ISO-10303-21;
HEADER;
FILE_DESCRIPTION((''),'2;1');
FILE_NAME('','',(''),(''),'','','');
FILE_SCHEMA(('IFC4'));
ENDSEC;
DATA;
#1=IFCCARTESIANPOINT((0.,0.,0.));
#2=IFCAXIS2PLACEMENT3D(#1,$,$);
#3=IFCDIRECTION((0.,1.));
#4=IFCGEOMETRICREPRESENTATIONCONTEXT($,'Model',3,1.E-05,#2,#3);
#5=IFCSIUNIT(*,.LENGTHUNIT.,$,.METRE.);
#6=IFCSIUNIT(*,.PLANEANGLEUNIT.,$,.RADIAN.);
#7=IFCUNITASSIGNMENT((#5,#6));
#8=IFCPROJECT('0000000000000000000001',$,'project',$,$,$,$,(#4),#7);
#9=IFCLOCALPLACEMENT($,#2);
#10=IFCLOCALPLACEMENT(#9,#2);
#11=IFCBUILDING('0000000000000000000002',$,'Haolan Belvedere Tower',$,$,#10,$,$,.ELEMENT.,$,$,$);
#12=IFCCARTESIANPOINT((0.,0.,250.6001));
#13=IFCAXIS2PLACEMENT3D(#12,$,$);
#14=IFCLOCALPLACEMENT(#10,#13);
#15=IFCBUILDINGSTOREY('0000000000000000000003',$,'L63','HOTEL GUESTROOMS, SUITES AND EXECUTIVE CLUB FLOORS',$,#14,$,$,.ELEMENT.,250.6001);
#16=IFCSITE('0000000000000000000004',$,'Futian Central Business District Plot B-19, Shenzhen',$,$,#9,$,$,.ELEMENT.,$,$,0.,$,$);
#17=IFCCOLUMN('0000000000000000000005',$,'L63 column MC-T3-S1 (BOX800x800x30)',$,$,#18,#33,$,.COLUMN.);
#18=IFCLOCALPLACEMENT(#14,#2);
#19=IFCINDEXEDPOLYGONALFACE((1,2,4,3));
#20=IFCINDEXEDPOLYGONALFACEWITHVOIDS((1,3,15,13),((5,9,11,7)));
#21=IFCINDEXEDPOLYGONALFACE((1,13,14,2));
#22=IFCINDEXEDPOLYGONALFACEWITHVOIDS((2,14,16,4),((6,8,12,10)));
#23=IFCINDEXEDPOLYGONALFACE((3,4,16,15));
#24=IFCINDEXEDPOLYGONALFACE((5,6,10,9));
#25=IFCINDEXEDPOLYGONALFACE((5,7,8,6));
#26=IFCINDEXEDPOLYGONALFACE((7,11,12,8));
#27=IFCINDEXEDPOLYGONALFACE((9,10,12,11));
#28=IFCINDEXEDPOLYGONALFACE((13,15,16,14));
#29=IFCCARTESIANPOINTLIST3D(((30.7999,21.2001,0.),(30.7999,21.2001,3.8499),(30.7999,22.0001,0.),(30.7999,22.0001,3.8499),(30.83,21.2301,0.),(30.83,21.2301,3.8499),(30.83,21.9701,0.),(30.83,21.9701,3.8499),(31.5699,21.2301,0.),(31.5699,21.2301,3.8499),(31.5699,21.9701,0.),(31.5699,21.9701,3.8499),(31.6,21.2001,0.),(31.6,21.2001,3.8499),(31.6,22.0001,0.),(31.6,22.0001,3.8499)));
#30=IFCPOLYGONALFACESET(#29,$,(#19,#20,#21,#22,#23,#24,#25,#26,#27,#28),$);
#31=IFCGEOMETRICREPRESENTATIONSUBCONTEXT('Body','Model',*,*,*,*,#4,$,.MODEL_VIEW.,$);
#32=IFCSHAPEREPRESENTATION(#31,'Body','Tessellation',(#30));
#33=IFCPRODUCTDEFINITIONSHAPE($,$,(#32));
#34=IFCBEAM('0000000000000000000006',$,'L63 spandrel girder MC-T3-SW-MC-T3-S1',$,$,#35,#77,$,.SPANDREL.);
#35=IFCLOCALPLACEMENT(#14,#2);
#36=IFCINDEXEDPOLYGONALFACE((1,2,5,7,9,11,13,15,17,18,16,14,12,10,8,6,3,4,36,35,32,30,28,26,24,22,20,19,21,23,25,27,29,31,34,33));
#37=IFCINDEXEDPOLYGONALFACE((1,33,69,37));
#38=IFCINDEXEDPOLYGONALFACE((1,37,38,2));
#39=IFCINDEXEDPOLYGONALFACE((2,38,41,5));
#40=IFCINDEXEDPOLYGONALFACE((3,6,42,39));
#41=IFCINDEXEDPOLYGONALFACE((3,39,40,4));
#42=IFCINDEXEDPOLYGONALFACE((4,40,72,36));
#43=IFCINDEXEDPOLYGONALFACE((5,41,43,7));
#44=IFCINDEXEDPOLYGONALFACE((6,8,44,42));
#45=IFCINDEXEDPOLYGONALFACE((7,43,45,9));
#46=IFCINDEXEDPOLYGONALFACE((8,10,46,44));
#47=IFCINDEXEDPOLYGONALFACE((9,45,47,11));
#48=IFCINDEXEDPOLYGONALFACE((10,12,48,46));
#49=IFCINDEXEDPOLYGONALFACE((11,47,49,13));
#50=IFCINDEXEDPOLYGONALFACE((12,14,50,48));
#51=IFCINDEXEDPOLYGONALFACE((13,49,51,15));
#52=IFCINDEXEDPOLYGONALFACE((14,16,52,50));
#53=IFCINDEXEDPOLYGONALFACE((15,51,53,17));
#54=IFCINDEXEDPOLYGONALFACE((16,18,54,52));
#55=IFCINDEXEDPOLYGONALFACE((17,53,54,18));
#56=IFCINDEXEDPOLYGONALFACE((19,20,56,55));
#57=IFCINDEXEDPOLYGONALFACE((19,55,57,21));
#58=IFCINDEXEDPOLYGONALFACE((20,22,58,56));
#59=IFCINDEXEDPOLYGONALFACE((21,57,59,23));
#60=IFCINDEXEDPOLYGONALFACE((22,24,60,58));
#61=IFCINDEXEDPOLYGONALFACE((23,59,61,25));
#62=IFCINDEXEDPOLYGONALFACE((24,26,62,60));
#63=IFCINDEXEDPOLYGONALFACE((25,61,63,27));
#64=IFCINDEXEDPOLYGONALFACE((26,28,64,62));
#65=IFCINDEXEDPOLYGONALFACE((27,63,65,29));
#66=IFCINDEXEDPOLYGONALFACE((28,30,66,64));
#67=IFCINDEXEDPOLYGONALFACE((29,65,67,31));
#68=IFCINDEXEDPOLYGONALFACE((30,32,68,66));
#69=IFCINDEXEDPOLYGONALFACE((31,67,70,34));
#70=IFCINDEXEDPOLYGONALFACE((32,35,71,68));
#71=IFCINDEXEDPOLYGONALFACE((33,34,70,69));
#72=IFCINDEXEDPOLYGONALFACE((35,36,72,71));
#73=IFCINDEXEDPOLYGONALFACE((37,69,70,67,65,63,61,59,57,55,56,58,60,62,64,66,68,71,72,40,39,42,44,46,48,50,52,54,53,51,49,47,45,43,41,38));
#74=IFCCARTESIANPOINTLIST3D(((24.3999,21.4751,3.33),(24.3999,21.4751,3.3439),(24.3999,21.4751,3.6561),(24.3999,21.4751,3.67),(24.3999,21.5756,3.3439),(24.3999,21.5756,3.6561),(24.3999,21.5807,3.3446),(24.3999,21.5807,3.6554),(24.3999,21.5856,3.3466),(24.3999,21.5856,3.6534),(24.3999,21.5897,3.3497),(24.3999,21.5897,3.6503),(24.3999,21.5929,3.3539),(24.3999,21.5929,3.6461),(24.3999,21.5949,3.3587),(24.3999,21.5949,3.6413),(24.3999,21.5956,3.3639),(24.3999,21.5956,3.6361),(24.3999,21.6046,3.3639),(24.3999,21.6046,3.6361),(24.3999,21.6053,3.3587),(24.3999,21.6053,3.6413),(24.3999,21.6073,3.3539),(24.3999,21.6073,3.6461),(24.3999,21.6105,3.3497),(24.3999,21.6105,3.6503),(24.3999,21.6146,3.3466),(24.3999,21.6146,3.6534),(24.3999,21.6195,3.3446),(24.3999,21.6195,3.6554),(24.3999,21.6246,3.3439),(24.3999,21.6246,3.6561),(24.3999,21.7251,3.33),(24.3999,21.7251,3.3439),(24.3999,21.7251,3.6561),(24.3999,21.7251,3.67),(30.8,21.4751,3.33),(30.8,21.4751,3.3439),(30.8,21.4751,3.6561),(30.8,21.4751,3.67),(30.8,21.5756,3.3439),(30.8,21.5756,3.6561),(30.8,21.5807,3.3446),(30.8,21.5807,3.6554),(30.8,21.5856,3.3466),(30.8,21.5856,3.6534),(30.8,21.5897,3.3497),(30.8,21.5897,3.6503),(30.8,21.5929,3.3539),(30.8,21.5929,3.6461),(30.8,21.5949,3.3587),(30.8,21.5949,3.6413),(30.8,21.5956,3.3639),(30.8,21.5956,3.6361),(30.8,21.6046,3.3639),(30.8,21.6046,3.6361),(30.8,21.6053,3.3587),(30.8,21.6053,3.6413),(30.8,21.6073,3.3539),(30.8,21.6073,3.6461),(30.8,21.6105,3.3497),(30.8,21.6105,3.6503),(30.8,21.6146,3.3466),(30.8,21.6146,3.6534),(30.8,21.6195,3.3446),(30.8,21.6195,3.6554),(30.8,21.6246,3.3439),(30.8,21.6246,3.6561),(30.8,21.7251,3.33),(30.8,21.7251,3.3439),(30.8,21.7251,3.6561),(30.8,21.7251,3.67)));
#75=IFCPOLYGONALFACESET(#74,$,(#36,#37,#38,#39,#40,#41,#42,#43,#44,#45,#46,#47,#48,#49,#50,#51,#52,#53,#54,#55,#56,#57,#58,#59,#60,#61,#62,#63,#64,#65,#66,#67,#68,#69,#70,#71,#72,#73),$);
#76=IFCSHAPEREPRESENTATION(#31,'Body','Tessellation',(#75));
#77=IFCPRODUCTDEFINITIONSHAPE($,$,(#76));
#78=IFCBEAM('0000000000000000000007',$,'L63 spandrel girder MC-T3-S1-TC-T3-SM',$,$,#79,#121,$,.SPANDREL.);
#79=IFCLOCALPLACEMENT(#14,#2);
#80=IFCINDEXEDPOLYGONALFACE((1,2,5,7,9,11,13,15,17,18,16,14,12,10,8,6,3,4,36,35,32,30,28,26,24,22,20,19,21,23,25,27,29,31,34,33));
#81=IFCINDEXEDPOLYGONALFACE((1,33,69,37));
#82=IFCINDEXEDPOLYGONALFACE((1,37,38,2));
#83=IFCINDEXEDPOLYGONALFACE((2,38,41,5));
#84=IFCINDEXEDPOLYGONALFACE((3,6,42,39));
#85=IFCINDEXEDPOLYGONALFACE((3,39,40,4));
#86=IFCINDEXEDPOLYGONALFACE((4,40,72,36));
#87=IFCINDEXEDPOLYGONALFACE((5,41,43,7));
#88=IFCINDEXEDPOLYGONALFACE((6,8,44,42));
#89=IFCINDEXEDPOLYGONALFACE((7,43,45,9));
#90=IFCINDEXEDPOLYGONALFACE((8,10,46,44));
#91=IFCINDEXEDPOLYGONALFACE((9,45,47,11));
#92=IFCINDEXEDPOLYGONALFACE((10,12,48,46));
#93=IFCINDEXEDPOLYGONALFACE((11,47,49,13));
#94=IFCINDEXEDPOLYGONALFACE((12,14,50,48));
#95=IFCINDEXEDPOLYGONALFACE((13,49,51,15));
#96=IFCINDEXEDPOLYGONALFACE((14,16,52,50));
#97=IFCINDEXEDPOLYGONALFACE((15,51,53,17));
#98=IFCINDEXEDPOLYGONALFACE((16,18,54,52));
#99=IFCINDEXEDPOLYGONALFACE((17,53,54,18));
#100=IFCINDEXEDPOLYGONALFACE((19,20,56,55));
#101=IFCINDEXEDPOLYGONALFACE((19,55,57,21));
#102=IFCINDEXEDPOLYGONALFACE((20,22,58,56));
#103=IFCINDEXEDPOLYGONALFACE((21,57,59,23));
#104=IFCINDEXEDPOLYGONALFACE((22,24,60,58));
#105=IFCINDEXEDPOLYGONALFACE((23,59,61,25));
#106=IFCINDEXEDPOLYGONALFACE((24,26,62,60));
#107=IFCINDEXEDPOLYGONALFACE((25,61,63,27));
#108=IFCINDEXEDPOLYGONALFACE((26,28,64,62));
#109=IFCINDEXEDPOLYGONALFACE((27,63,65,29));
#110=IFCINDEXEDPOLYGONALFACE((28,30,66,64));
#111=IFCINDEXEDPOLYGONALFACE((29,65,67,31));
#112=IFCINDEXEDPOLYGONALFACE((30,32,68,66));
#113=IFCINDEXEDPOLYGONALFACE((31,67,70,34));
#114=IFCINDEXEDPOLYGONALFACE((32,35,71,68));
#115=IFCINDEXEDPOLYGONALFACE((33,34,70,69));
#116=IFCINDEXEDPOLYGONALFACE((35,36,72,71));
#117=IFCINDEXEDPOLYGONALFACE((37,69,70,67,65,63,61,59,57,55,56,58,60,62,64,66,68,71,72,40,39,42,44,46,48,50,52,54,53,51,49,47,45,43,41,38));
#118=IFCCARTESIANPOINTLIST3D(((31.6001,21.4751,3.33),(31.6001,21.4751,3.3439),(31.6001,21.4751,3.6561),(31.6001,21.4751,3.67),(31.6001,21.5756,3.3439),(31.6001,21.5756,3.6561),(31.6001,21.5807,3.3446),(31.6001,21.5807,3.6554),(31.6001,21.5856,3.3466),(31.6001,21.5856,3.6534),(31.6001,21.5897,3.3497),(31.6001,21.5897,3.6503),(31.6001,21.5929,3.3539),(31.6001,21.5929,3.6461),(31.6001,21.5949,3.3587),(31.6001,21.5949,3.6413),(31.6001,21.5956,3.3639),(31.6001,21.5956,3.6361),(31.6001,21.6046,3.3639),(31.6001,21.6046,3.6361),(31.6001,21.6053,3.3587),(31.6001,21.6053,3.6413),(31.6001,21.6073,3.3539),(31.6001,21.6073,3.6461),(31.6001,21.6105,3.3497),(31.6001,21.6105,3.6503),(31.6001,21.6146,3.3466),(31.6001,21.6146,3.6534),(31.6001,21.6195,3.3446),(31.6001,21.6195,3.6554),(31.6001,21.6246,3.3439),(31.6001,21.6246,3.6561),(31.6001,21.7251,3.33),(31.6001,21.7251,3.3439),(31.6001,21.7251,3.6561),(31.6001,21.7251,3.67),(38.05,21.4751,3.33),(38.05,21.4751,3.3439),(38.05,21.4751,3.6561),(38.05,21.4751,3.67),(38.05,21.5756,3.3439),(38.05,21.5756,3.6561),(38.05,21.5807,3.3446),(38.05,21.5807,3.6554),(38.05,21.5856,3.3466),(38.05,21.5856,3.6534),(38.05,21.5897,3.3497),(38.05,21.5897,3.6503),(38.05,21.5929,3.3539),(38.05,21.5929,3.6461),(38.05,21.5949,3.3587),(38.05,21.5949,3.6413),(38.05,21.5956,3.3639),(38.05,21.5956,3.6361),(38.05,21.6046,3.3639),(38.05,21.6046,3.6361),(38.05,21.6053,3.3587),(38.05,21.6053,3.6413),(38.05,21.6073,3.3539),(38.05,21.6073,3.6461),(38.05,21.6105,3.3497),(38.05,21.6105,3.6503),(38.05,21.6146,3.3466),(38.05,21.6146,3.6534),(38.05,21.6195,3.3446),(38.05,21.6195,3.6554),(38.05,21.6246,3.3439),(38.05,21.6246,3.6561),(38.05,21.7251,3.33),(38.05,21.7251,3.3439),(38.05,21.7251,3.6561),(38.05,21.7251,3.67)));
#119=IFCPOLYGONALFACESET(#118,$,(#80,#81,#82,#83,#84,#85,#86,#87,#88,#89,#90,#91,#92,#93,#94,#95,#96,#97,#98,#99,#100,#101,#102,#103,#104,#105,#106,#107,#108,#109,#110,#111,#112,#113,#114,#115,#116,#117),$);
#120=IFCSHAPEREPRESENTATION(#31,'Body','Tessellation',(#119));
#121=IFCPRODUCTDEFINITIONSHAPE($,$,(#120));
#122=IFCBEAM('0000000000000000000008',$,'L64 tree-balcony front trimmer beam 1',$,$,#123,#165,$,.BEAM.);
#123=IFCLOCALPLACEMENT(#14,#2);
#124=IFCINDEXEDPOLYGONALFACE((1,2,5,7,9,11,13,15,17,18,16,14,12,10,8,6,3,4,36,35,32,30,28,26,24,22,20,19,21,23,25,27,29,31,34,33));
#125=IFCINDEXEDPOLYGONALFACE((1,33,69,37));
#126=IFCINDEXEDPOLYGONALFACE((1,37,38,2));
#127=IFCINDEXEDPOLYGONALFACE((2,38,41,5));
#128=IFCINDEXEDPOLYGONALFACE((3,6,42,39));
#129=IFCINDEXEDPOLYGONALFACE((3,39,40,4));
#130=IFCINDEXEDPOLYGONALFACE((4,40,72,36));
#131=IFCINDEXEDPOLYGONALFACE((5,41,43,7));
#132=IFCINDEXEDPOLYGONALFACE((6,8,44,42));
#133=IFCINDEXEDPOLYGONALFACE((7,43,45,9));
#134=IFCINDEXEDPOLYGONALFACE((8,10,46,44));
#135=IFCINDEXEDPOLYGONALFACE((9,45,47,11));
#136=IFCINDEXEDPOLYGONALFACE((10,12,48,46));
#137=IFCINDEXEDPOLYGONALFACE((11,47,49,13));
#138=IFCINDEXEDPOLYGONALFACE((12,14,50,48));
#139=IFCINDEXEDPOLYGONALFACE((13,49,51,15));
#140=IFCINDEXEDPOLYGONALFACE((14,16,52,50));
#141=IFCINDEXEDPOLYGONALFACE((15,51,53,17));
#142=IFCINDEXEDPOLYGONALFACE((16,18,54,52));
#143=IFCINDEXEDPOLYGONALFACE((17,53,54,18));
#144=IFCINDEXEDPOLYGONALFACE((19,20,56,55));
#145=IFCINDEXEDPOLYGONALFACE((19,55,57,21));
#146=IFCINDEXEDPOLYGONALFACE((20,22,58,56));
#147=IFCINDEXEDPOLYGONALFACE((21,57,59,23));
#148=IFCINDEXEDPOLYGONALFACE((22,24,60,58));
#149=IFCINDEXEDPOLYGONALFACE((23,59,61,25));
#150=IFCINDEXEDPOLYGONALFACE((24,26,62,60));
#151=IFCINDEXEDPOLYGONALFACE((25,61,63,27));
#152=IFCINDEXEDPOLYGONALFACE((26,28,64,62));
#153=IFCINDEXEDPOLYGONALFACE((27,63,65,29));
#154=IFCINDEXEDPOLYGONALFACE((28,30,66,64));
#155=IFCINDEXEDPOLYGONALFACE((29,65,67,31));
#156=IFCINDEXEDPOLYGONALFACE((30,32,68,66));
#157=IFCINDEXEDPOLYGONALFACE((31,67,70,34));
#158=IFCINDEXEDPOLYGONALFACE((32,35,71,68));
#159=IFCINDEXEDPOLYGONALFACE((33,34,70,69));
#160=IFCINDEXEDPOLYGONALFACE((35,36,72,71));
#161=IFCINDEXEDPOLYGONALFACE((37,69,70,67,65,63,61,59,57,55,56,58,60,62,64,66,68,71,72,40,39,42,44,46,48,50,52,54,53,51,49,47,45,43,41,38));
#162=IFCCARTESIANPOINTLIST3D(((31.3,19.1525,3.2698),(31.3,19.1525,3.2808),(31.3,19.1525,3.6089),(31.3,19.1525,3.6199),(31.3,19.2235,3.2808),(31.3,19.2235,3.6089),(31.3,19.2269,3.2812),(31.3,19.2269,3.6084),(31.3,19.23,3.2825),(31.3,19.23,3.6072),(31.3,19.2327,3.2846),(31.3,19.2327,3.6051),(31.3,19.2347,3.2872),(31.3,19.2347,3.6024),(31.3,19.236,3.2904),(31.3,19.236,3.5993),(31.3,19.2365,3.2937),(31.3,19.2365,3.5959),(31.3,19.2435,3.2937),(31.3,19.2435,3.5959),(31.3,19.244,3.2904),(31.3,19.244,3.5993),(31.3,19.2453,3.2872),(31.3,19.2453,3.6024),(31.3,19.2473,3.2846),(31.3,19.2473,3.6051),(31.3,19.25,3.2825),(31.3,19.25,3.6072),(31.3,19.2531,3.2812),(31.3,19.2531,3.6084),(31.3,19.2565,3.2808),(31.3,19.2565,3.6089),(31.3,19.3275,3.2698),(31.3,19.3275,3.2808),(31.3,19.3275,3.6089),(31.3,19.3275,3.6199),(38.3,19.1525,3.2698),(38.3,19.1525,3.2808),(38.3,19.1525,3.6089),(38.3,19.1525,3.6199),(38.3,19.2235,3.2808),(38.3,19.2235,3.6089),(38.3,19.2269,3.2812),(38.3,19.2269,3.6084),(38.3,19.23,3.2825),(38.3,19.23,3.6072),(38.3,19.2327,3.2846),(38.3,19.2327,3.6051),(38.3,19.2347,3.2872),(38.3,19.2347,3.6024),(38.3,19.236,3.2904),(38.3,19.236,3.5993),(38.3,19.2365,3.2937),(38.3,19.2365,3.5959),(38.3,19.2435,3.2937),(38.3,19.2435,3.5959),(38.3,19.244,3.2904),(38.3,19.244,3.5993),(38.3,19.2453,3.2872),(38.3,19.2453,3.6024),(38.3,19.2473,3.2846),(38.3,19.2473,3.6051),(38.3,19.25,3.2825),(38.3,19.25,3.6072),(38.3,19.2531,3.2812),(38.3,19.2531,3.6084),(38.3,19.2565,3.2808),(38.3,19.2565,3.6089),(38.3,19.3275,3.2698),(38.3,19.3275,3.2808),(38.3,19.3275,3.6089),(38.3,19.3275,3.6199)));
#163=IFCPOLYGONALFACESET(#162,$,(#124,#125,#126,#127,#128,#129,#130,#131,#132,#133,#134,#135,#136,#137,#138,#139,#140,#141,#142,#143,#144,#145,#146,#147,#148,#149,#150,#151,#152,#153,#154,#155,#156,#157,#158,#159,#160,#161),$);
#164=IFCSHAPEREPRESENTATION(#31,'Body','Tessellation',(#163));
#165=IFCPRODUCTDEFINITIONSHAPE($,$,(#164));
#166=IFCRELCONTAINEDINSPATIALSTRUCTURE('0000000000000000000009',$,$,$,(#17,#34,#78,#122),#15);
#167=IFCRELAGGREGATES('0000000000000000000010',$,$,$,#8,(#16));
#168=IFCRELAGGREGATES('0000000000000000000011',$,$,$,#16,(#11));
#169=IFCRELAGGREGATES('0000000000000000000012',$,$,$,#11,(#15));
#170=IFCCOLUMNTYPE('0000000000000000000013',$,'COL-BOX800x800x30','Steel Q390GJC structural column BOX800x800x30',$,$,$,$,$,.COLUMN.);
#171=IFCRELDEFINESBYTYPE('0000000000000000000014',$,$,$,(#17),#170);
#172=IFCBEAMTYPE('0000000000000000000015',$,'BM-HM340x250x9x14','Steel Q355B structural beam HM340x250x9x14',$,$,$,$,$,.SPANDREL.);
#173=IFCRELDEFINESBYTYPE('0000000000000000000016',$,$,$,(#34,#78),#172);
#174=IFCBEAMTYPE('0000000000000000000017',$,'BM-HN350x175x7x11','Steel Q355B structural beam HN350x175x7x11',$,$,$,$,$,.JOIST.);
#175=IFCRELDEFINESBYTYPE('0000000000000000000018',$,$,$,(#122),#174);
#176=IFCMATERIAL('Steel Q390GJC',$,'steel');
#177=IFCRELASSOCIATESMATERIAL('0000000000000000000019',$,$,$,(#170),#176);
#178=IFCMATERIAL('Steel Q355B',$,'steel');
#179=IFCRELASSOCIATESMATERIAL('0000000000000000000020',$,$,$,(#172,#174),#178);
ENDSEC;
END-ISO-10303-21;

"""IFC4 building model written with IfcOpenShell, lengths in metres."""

from ifc_helpers import new_model, si_unit, direction, frame, origin, origin_2d, place, context, subcontext, project, spatial, hollow_rectangle, i_section, extrude, material, material_profile, profile_set, type_object, element, save


model = new_model("IFC4")

# Units and contexts
model_context = context("Model", 3, precision=1e-05, world=origin(), true_north=direction((0.0, 1.0)))
body_context = subcontext(model_context, "Body", "Model", "MODEL_VIEW")
ifc_project = project(units=[si_unit("LENGTHUNIT", "METRE"), si_unit("PLANEANGLEUNIT", "RADIAN")], contexts=[model_context])

# Site, building, storey
site_placement = place(None, origin())
site = spatial("IfcSite", under=ifc_project, at=site_placement, Name="Futian Central Business District Plot B-19, Shenzhen", CompositionType="ELEMENT", RefElevation=0.0)
building_placement = place(site_placement, origin())
building = spatial("IfcBuilding", under=site, at=building_placement, Name="Haolan Belvedere Tower", CompositionType="ELEMENT")
storey_placement = place(building_placement, frame((0.0, 0.0, 250.6001)))
storey = spatial("IfcBuildingStorey", under=building, at=storey_placement, Name="L63", Description="HOTEL GUESTROOMS, SUITES AND EXECUTIVE CLUB FLOORS", CompositionType="ELEMENT", Elevation=250.6001)

# Column
ifc_material_1 = material(Name="Steel Q390GJC", Category="steel")
ifc_material_profile_1 = material_profile(ifc_material_1, hollow_rectangle(XDim=0.8, YDim=0.8, WallThickness=0.03, at=origin_2d()), Name="Steel Q390GJC")
ifc_profile_set_1 = profile_set([ifc_material_profile_1], Name="Steel Q390GJC")
column_type = type_object("IfcColumnType", Name="COL-BOX800x800x30", Description="Steel Q390GJC structural column BOX800x800x30", PredefinedType="COLUMN", material=ifc_profile_set_1)
column_placement = place(storey_placement, frame((31.2, 21.6001, 0.0), z_axis=(0.0, 0.0, 1.0), x_axis=(1.0, 0.0, 0.0)))
element("IfcColumn", 1, at=column_placement, inside=storey, type_object=column_type, Name="L63 column MC-T3-S1 (BOX800x800x30)", PredefinedType="COLUMN", context=body_context, shape_type="SweptSolid", body=[
    extrude(hollow_rectangle(XDim=0.8, YDim=0.8, WallThickness=0.03, at=origin_2d()), origin(), (0.0, 0.0, 1.0), 3.8499),
])

# Beams
ifc_material_2 = material(Name="Steel Q355B", Category="steel")
ifc_material_profile_2 = material_profile(ifc_material_2, i_section(OverallWidth=0.25, OverallDepth=0.3401, WebThickness=0.009, FlangeThickness=0.0139, FilletRadius=0.02, at=origin_2d()), Name="Steel Q355B")
ifc_profile_set_2 = profile_set([ifc_material_profile_2], Name="Steel Q355B")
beam_type_1 = type_object("IfcBeamType", Name="BM-HM340x250x9x14", Description="Steel Q355B structural beam HM340x250x9x14", PredefinedType="SPANDREL", material=ifc_profile_set_2)
beam_1_placement = place(storey_placement, frame((24.3999, 21.6001, 3.5), z_axis=(1.0, 0.0, 0.0), x_axis=(0.0, 1.0, 0.0)))
element("IfcBeam", 2, at=beam_1_placement, inside=storey, type_object=beam_type_1, Name="L63 spandrel girder MC-T3-SW-MC-T3-S1", PredefinedType="SPANDREL", context=body_context, shape_type="SweptSolid", body=[
    extrude(i_section(OverallWidth=0.25, OverallDepth=0.3401, WebThickness=0.009, FlangeThickness=0.0139, FilletRadius=0.02, at=origin_2d()), origin(), (0.0, 0.0, 1.0), 6.4001),
])
beam_2_placement = place(storey_placement, frame((31.6001, 21.6001, 3.5), z_axis=(1.0, 0.0, 0.0), x_axis=(0.0, 1.0, 0.0)))
element("IfcBeam", 3, at=beam_2_placement, inside=storey, type_object=beam_type_1, Name="L63 spandrel girder MC-T3-S1-TC-T3-SM", PredefinedType="SPANDREL", context=body_context, shape_type="SweptSolid", body=[
    extrude(i_section(OverallWidth=0.25, OverallDepth=0.3401, WebThickness=0.009, FlangeThickness=0.0139, FilletRadius=0.02, at=origin_2d()), origin(), (0.0, 0.0, 1.0), 6.45),
])
ifc_material_profile_3 = material_profile(ifc_material_2, i_section(OverallWidth=0.175, OverallDepth=0.3501, WebThickness=0.0071, FlangeThickness=0.011, FilletRadius=0.0129, at=origin_2d()), Name="Steel Q355B")
ifc_profile_set_3 = profile_set([ifc_material_profile_3], Name="Steel Q355B")
beam_type_2 = type_object("IfcBeamType", Name="BM-HN350x175x7x11", Description="Steel Q355B structural beam HN350x175x7x11", PredefinedType="JOIST", material=ifc_profile_set_3)
beam_3_placement = place(storey_placement, frame((31.3, 19.24, 3.4448), z_axis=(1.0, 0.0, 0.0), x_axis=(0.0, 1.0, 0.0)))
element("IfcBeam", 4, at=beam_3_placement, inside=storey, type_object=beam_type_2, Name="L64 tree-balcony front trimmer beam 1", PredefinedType="BEAM", context=body_context, shape_type="SweptSolid", body=[
    extrude(i_section(OverallWidth=0.175, OverallDepth=0.3501, WebThickness=0.0071, FlangeThickness=0.011, FilletRadius=0.0129, at=origin_2d()), origin(), (0.0, 0.0, 1.0), 7.0),
])

save(model, "model.ifc")
